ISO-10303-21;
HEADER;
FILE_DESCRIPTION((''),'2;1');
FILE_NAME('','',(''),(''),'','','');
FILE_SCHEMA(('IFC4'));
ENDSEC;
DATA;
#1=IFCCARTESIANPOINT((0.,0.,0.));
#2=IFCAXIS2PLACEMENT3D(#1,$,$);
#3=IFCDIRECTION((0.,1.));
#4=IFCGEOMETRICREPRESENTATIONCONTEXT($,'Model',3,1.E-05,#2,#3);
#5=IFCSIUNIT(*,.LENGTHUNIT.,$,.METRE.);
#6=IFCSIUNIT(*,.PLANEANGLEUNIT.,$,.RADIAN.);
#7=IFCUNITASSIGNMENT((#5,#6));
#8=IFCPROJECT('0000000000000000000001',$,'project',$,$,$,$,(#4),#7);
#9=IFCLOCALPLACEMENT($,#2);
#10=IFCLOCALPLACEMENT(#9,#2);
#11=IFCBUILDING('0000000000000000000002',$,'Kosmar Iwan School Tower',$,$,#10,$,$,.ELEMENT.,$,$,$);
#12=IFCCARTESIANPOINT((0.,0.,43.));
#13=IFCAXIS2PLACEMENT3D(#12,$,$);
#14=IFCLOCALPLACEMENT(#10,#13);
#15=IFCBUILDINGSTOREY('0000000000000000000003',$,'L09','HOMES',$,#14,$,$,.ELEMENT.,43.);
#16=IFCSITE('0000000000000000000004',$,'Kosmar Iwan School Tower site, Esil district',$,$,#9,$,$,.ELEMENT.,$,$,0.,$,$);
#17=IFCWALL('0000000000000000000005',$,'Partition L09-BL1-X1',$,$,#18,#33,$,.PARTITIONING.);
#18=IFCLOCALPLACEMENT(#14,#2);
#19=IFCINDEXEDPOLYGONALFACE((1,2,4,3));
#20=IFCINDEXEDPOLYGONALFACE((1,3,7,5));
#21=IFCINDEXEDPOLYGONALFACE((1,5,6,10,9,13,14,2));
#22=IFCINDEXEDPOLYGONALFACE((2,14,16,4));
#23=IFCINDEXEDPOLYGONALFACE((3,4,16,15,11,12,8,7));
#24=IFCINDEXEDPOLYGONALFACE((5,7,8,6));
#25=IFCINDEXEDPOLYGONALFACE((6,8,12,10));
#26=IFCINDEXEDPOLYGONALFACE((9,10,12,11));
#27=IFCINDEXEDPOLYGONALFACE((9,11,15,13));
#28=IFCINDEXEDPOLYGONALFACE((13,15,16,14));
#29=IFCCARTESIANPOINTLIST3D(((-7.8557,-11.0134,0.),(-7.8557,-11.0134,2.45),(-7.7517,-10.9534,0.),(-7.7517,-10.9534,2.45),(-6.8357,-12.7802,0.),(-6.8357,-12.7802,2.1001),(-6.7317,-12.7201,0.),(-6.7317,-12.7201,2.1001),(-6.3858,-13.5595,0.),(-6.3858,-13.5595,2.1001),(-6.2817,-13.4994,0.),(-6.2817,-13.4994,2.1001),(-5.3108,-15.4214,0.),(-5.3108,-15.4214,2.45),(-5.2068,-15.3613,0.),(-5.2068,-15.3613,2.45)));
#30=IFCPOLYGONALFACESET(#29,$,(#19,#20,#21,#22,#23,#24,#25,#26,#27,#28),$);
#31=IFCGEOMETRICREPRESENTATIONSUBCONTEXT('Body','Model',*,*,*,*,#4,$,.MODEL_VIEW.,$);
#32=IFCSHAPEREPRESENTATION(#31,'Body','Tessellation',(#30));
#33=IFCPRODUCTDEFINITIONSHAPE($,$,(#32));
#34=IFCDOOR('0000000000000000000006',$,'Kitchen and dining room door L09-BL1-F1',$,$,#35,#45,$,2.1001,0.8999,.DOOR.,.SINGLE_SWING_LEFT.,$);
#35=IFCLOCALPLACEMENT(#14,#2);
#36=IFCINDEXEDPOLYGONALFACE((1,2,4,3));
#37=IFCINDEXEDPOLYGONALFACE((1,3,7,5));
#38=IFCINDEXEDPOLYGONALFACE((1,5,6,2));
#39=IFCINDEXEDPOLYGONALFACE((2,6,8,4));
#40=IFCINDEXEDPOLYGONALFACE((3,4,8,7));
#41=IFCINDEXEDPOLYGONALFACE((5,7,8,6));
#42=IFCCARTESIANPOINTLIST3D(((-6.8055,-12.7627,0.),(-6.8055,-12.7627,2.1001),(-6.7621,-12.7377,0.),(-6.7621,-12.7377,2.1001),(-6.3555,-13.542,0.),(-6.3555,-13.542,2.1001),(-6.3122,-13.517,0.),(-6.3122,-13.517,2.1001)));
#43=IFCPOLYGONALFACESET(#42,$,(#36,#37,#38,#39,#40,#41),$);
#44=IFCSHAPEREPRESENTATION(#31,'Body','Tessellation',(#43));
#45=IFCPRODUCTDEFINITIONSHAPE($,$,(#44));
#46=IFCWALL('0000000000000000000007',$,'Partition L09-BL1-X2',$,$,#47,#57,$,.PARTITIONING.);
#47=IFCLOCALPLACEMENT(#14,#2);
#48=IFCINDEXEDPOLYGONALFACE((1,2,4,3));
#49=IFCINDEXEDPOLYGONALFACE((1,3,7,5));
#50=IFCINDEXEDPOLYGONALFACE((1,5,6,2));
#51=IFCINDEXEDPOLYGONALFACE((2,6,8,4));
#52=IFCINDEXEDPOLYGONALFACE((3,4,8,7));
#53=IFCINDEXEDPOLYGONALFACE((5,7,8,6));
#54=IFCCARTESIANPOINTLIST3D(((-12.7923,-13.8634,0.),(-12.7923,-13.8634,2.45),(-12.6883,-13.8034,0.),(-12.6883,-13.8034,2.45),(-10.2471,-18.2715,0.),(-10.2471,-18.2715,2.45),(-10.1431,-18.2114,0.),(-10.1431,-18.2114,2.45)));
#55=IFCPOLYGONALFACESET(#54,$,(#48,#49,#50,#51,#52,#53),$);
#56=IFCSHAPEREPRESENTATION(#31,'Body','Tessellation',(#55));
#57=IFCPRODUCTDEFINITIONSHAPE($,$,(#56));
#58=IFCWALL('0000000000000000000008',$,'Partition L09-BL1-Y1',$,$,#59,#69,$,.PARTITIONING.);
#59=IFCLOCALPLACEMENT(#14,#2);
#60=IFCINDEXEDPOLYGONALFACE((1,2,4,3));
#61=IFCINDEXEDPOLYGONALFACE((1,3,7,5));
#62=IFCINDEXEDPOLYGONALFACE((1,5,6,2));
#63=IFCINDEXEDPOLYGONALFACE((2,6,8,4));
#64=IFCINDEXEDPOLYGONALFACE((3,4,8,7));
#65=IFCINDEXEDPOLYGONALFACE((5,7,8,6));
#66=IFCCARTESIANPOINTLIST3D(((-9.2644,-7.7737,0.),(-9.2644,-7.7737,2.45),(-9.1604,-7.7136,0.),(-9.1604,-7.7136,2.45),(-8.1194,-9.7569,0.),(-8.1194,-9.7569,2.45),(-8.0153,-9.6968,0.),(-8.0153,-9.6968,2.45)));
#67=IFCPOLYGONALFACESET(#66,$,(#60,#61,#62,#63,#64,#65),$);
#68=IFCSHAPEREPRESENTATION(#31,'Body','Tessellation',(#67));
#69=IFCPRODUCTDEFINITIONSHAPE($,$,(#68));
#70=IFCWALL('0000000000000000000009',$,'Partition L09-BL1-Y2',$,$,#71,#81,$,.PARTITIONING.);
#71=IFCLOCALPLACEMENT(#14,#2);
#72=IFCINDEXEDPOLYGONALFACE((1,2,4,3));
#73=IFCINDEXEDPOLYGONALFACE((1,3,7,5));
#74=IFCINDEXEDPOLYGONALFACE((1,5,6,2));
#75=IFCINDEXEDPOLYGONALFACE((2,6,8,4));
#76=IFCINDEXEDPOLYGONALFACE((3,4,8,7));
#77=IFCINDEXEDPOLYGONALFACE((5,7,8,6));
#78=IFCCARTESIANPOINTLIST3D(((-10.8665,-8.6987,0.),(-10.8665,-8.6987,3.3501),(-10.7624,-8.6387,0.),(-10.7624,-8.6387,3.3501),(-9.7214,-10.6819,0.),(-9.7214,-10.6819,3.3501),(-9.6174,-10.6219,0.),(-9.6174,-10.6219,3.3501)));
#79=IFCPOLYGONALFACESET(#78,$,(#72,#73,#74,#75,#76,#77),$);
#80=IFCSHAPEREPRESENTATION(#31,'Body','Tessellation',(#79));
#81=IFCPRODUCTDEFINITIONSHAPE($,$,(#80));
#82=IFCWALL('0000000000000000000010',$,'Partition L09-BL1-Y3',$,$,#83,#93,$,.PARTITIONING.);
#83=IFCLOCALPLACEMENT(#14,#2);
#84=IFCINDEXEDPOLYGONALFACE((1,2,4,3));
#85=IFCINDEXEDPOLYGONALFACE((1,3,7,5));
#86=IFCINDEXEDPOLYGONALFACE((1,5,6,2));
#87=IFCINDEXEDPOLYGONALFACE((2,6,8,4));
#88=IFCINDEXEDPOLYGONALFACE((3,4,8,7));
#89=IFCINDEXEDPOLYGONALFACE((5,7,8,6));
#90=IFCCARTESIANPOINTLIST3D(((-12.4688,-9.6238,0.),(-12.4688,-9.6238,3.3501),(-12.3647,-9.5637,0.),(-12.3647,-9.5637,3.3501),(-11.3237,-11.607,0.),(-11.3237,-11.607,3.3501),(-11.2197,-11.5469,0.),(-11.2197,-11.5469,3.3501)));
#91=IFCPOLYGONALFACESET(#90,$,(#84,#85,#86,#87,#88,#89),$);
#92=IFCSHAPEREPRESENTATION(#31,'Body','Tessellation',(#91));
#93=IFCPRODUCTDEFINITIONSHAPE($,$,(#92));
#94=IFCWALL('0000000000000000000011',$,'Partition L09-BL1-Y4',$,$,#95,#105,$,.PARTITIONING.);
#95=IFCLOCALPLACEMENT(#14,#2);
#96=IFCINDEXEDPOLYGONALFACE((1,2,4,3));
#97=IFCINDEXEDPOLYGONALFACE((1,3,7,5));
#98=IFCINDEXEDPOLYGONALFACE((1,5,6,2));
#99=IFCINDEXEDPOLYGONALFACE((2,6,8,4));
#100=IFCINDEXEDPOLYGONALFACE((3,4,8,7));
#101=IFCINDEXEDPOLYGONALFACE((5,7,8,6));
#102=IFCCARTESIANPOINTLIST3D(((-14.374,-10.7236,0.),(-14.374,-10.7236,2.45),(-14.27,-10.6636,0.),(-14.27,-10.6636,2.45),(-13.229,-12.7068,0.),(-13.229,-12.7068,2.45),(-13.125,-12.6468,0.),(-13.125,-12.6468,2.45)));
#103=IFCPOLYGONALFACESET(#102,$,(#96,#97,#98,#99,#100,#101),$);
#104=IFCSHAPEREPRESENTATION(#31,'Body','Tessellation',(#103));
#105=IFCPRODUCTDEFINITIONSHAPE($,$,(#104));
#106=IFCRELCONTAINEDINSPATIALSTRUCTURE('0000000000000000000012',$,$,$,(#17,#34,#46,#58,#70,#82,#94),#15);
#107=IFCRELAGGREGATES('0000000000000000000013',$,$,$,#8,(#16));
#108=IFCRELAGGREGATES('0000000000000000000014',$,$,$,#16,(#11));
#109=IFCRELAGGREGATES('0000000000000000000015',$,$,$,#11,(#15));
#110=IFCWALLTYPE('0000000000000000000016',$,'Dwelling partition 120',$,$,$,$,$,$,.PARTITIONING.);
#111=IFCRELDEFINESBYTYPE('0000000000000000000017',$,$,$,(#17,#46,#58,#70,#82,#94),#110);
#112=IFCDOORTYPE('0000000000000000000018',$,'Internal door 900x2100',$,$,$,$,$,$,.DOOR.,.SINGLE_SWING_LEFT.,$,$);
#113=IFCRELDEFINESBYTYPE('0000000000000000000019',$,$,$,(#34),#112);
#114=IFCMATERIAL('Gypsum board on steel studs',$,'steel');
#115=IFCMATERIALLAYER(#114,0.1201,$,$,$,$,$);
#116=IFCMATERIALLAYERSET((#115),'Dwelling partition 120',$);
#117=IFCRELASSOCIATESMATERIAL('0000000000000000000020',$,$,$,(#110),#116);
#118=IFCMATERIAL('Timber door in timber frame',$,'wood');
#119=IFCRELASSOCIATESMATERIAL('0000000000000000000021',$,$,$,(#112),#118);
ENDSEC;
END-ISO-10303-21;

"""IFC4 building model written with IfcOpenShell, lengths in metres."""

from ifc_helpers import new_model, si_unit, direction, frame, frame_2d, origin, place, context, subcontext, project, spatial, rectangle, extrude, material, layer, layer_set, type_object, element, fill, save


model = new_model("IFC4")

# Units and contexts
model_context = context("Model", 3, precision=1e-05, world=origin(), true_north=direction((0.0, 1.0)))
body_context = subcontext(model_context, "Body", "Model", "MODEL_VIEW")
ifc_project = project(units=[si_unit("LENGTHUNIT", "METRE"), si_unit("PLANEANGLEUNIT", "RADIAN")], contexts=[model_context])

# Site, building, storey
site_placement = place(None, origin())
site = spatial("IfcSite", under=ifc_project, at=site_placement, Name="Kosmar Iwan School Tower site, Esil district", CompositionType="ELEMENT", RefElevation=0.0)
building_placement = place(site_placement, origin())
building = spatial("IfcBuilding", under=site, at=building_placement, Name="Kosmar Iwan School Tower", CompositionType="ELEMENT")
storey_placement = place(building_placement, frame((0.0, 0.0, 43.0)))
storey = spatial("IfcBuildingStorey", under=building, at=storey_placement, Name="L09", Description="HOMES", CompositionType="ELEMENT", Elevation=43.0)

# Shared definitions
ifc_material_1 = material(Name="Gypsum board on steel studs", Category="steel")
ifc_layer_1 = layer(ifc_material_1, 0.1201)
ifc_layer_set_1 = layer_set([ifc_layer_1], Name="Dwelling partition 120")
wall_type_1 = type_object("IfcWallType", Name="Dwelling partition 120", PredefinedType="PARTITIONING", material=ifc_layer_set_1)
ifc_material_2 = material(Name="Timber door in timber frame", Category="wood")
door_type_1 = type_object("IfcDoorType", Name="Internal door 900x2100", OperationType="SINGLE_SWING_LEFT", PredefinedType="DOOR", material=ifc_material_2)

# Wall, opening, door
wall_1_placement = place(storey_placement, frame((-7.8037, -10.9834, 0.0), z_axis=(0.0, 0.0, 1.0), x_axis=(0.499998, -0.866027, 0.0)))
wall_1 = element("IfcWall", 1, at=wall_1_placement, inside=storey, type_object=wall_type_1, Name="Partition L09-BL1-X1", PredefinedType="PARTITIONING", context=body_context, shape_type="SweptSolid", body=[
    extrude(rectangle(XDim=5.0898, YDim=0.1201, at=frame_2d((2.5449, 0.0))), origin(), (0.0, 0.0, 1.0), 2.45),
])
opening_1_placement = place(wall_1_placement, frame((2.04, 0.0, 0.0)))
opening_1 = element("IfcOpeningElement", 2, at=opening_1_placement, cuts=wall_1, PredefinedType="OPENING", context=body_context, shape_type="SweptSolid", body=[
    extrude(rectangle(XDim=0.8999, YDim=2.1001, at=frame_2d((0.45, 1.05))), frame((0.0, 0.072, 0.0), z_axis=(0.0, -1.0, 0.0), x_axis=(1.0, 0.0, 0.0)), (0.0, 0.0, 1.0), 0.144),
])
door_1_placement = place(opening_1_placement, origin())
door_1 = element("IfcDoor", 3, at=door_1_placement, inside=storey, type_object=door_type_1, Name="Kitchen and dining room door L09-BL1-F1", OperationType="SINGLE_SWING_LEFT", OverallHeight=2.1001, OverallWidth=0.8999, PredefinedType="DOOR", context=body_context, shape_type="SweptSolid", body=[
    extrude(rectangle(XDim=0.8999, YDim=2.1001, at=frame_2d((0.45, 1.05))), frame((0.0, 0.0249, 0.0), z_axis=(0.0, -1.0, 0.0), x_axis=(1.0, 0.0, 0.0)), (0.0, 0.0, 1.0), 0.05),
])
fill(opening_1, door_1)

# Walls
wall_2_placement = place(storey_placement, frame((-12.7402, -13.8335, 0.0), z_axis=(0.0, 0.0, 1.0), x_axis=(0.500034, -0.866006, 0.0)))
element("IfcWall", 4, at=wall_2_placement, inside=storey, type_object=wall_type_1, Name="Partition L09-BL1-X2", PredefinedType="PARTITIONING", context=body_context, shape_type="SweptSolid", body=[
    extrude(rectangle(XDim=5.0901, YDim=0.1201, at=frame_2d((2.5449, 0.0))), origin(), (0.0, 0.0, 1.0), 2.45),
])
wall_3_placement = place(storey_placement, frame((-9.2124, -7.7437, 0.0), z_axis=(0.0, 0.0, 1.0), x_axis=(0.500015, -0.866017, 0.0)))
element("IfcWall", 5, at=wall_3_placement, inside=storey, type_object=wall_type_1, Name="Partition L09-BL1-Y1", PredefinedType="PARTITIONING", context=body_context, shape_type="SweptSolid", body=[
    extrude(rectangle(XDim=2.29, YDim=0.1201, at=frame_2d((1.145, 0.0))), origin(), (0.0, 0.0, 1.0), 2.45),
])
for number, where, z_axis, x_axis, name in (
    (6, (-10.8145, -8.6687, 0.0), (0.0, 0.0, 1.0), (0.500015, -0.866017, 0.0), "Partition L09-BL1-Y2"),
    (7, (-12.4167, -9.5938, 0.0), (0.0, 0.0, 1.0), (0.500015, -0.866017, 0.0), "Partition L09-BL1-Y3"),
):
    element("IfcWall", number, at=place(storey_placement, frame(where, z_axis=z_axis, x_axis=x_axis)), inside=storey, type_object=wall_type_1, Name=name, PredefinedType="PARTITIONING", context=body_context, shape_type="SweptSolid", body=[
        extrude(rectangle(XDim=2.29, YDim=0.1201, at=frame_2d((1.145, 0.0))), origin(), (0.0, 0.0, 1.0), 3.3501),
    ])
wall_4_placement = place(storey_placement, frame((-14.322, -10.6936, 0.0), z_axis=(0.0, 0.0, 1.0), x_axis=(0.500015, -0.866017, 0.0)))
element("IfcWall", 8, at=wall_4_placement, inside=storey, type_object=wall_type_1, Name="Partition L09-BL1-Y4", PredefinedType="PARTITIONING", context=body_context, shape_type="SweptSolid", body=[
    extrude(rectangle(XDim=2.29, YDim=0.1201, at=frame_2d((1.145, 0.0))), origin(), (0.0, 0.0, 1.0), 2.45),
])

save(model, "model.ifc")
